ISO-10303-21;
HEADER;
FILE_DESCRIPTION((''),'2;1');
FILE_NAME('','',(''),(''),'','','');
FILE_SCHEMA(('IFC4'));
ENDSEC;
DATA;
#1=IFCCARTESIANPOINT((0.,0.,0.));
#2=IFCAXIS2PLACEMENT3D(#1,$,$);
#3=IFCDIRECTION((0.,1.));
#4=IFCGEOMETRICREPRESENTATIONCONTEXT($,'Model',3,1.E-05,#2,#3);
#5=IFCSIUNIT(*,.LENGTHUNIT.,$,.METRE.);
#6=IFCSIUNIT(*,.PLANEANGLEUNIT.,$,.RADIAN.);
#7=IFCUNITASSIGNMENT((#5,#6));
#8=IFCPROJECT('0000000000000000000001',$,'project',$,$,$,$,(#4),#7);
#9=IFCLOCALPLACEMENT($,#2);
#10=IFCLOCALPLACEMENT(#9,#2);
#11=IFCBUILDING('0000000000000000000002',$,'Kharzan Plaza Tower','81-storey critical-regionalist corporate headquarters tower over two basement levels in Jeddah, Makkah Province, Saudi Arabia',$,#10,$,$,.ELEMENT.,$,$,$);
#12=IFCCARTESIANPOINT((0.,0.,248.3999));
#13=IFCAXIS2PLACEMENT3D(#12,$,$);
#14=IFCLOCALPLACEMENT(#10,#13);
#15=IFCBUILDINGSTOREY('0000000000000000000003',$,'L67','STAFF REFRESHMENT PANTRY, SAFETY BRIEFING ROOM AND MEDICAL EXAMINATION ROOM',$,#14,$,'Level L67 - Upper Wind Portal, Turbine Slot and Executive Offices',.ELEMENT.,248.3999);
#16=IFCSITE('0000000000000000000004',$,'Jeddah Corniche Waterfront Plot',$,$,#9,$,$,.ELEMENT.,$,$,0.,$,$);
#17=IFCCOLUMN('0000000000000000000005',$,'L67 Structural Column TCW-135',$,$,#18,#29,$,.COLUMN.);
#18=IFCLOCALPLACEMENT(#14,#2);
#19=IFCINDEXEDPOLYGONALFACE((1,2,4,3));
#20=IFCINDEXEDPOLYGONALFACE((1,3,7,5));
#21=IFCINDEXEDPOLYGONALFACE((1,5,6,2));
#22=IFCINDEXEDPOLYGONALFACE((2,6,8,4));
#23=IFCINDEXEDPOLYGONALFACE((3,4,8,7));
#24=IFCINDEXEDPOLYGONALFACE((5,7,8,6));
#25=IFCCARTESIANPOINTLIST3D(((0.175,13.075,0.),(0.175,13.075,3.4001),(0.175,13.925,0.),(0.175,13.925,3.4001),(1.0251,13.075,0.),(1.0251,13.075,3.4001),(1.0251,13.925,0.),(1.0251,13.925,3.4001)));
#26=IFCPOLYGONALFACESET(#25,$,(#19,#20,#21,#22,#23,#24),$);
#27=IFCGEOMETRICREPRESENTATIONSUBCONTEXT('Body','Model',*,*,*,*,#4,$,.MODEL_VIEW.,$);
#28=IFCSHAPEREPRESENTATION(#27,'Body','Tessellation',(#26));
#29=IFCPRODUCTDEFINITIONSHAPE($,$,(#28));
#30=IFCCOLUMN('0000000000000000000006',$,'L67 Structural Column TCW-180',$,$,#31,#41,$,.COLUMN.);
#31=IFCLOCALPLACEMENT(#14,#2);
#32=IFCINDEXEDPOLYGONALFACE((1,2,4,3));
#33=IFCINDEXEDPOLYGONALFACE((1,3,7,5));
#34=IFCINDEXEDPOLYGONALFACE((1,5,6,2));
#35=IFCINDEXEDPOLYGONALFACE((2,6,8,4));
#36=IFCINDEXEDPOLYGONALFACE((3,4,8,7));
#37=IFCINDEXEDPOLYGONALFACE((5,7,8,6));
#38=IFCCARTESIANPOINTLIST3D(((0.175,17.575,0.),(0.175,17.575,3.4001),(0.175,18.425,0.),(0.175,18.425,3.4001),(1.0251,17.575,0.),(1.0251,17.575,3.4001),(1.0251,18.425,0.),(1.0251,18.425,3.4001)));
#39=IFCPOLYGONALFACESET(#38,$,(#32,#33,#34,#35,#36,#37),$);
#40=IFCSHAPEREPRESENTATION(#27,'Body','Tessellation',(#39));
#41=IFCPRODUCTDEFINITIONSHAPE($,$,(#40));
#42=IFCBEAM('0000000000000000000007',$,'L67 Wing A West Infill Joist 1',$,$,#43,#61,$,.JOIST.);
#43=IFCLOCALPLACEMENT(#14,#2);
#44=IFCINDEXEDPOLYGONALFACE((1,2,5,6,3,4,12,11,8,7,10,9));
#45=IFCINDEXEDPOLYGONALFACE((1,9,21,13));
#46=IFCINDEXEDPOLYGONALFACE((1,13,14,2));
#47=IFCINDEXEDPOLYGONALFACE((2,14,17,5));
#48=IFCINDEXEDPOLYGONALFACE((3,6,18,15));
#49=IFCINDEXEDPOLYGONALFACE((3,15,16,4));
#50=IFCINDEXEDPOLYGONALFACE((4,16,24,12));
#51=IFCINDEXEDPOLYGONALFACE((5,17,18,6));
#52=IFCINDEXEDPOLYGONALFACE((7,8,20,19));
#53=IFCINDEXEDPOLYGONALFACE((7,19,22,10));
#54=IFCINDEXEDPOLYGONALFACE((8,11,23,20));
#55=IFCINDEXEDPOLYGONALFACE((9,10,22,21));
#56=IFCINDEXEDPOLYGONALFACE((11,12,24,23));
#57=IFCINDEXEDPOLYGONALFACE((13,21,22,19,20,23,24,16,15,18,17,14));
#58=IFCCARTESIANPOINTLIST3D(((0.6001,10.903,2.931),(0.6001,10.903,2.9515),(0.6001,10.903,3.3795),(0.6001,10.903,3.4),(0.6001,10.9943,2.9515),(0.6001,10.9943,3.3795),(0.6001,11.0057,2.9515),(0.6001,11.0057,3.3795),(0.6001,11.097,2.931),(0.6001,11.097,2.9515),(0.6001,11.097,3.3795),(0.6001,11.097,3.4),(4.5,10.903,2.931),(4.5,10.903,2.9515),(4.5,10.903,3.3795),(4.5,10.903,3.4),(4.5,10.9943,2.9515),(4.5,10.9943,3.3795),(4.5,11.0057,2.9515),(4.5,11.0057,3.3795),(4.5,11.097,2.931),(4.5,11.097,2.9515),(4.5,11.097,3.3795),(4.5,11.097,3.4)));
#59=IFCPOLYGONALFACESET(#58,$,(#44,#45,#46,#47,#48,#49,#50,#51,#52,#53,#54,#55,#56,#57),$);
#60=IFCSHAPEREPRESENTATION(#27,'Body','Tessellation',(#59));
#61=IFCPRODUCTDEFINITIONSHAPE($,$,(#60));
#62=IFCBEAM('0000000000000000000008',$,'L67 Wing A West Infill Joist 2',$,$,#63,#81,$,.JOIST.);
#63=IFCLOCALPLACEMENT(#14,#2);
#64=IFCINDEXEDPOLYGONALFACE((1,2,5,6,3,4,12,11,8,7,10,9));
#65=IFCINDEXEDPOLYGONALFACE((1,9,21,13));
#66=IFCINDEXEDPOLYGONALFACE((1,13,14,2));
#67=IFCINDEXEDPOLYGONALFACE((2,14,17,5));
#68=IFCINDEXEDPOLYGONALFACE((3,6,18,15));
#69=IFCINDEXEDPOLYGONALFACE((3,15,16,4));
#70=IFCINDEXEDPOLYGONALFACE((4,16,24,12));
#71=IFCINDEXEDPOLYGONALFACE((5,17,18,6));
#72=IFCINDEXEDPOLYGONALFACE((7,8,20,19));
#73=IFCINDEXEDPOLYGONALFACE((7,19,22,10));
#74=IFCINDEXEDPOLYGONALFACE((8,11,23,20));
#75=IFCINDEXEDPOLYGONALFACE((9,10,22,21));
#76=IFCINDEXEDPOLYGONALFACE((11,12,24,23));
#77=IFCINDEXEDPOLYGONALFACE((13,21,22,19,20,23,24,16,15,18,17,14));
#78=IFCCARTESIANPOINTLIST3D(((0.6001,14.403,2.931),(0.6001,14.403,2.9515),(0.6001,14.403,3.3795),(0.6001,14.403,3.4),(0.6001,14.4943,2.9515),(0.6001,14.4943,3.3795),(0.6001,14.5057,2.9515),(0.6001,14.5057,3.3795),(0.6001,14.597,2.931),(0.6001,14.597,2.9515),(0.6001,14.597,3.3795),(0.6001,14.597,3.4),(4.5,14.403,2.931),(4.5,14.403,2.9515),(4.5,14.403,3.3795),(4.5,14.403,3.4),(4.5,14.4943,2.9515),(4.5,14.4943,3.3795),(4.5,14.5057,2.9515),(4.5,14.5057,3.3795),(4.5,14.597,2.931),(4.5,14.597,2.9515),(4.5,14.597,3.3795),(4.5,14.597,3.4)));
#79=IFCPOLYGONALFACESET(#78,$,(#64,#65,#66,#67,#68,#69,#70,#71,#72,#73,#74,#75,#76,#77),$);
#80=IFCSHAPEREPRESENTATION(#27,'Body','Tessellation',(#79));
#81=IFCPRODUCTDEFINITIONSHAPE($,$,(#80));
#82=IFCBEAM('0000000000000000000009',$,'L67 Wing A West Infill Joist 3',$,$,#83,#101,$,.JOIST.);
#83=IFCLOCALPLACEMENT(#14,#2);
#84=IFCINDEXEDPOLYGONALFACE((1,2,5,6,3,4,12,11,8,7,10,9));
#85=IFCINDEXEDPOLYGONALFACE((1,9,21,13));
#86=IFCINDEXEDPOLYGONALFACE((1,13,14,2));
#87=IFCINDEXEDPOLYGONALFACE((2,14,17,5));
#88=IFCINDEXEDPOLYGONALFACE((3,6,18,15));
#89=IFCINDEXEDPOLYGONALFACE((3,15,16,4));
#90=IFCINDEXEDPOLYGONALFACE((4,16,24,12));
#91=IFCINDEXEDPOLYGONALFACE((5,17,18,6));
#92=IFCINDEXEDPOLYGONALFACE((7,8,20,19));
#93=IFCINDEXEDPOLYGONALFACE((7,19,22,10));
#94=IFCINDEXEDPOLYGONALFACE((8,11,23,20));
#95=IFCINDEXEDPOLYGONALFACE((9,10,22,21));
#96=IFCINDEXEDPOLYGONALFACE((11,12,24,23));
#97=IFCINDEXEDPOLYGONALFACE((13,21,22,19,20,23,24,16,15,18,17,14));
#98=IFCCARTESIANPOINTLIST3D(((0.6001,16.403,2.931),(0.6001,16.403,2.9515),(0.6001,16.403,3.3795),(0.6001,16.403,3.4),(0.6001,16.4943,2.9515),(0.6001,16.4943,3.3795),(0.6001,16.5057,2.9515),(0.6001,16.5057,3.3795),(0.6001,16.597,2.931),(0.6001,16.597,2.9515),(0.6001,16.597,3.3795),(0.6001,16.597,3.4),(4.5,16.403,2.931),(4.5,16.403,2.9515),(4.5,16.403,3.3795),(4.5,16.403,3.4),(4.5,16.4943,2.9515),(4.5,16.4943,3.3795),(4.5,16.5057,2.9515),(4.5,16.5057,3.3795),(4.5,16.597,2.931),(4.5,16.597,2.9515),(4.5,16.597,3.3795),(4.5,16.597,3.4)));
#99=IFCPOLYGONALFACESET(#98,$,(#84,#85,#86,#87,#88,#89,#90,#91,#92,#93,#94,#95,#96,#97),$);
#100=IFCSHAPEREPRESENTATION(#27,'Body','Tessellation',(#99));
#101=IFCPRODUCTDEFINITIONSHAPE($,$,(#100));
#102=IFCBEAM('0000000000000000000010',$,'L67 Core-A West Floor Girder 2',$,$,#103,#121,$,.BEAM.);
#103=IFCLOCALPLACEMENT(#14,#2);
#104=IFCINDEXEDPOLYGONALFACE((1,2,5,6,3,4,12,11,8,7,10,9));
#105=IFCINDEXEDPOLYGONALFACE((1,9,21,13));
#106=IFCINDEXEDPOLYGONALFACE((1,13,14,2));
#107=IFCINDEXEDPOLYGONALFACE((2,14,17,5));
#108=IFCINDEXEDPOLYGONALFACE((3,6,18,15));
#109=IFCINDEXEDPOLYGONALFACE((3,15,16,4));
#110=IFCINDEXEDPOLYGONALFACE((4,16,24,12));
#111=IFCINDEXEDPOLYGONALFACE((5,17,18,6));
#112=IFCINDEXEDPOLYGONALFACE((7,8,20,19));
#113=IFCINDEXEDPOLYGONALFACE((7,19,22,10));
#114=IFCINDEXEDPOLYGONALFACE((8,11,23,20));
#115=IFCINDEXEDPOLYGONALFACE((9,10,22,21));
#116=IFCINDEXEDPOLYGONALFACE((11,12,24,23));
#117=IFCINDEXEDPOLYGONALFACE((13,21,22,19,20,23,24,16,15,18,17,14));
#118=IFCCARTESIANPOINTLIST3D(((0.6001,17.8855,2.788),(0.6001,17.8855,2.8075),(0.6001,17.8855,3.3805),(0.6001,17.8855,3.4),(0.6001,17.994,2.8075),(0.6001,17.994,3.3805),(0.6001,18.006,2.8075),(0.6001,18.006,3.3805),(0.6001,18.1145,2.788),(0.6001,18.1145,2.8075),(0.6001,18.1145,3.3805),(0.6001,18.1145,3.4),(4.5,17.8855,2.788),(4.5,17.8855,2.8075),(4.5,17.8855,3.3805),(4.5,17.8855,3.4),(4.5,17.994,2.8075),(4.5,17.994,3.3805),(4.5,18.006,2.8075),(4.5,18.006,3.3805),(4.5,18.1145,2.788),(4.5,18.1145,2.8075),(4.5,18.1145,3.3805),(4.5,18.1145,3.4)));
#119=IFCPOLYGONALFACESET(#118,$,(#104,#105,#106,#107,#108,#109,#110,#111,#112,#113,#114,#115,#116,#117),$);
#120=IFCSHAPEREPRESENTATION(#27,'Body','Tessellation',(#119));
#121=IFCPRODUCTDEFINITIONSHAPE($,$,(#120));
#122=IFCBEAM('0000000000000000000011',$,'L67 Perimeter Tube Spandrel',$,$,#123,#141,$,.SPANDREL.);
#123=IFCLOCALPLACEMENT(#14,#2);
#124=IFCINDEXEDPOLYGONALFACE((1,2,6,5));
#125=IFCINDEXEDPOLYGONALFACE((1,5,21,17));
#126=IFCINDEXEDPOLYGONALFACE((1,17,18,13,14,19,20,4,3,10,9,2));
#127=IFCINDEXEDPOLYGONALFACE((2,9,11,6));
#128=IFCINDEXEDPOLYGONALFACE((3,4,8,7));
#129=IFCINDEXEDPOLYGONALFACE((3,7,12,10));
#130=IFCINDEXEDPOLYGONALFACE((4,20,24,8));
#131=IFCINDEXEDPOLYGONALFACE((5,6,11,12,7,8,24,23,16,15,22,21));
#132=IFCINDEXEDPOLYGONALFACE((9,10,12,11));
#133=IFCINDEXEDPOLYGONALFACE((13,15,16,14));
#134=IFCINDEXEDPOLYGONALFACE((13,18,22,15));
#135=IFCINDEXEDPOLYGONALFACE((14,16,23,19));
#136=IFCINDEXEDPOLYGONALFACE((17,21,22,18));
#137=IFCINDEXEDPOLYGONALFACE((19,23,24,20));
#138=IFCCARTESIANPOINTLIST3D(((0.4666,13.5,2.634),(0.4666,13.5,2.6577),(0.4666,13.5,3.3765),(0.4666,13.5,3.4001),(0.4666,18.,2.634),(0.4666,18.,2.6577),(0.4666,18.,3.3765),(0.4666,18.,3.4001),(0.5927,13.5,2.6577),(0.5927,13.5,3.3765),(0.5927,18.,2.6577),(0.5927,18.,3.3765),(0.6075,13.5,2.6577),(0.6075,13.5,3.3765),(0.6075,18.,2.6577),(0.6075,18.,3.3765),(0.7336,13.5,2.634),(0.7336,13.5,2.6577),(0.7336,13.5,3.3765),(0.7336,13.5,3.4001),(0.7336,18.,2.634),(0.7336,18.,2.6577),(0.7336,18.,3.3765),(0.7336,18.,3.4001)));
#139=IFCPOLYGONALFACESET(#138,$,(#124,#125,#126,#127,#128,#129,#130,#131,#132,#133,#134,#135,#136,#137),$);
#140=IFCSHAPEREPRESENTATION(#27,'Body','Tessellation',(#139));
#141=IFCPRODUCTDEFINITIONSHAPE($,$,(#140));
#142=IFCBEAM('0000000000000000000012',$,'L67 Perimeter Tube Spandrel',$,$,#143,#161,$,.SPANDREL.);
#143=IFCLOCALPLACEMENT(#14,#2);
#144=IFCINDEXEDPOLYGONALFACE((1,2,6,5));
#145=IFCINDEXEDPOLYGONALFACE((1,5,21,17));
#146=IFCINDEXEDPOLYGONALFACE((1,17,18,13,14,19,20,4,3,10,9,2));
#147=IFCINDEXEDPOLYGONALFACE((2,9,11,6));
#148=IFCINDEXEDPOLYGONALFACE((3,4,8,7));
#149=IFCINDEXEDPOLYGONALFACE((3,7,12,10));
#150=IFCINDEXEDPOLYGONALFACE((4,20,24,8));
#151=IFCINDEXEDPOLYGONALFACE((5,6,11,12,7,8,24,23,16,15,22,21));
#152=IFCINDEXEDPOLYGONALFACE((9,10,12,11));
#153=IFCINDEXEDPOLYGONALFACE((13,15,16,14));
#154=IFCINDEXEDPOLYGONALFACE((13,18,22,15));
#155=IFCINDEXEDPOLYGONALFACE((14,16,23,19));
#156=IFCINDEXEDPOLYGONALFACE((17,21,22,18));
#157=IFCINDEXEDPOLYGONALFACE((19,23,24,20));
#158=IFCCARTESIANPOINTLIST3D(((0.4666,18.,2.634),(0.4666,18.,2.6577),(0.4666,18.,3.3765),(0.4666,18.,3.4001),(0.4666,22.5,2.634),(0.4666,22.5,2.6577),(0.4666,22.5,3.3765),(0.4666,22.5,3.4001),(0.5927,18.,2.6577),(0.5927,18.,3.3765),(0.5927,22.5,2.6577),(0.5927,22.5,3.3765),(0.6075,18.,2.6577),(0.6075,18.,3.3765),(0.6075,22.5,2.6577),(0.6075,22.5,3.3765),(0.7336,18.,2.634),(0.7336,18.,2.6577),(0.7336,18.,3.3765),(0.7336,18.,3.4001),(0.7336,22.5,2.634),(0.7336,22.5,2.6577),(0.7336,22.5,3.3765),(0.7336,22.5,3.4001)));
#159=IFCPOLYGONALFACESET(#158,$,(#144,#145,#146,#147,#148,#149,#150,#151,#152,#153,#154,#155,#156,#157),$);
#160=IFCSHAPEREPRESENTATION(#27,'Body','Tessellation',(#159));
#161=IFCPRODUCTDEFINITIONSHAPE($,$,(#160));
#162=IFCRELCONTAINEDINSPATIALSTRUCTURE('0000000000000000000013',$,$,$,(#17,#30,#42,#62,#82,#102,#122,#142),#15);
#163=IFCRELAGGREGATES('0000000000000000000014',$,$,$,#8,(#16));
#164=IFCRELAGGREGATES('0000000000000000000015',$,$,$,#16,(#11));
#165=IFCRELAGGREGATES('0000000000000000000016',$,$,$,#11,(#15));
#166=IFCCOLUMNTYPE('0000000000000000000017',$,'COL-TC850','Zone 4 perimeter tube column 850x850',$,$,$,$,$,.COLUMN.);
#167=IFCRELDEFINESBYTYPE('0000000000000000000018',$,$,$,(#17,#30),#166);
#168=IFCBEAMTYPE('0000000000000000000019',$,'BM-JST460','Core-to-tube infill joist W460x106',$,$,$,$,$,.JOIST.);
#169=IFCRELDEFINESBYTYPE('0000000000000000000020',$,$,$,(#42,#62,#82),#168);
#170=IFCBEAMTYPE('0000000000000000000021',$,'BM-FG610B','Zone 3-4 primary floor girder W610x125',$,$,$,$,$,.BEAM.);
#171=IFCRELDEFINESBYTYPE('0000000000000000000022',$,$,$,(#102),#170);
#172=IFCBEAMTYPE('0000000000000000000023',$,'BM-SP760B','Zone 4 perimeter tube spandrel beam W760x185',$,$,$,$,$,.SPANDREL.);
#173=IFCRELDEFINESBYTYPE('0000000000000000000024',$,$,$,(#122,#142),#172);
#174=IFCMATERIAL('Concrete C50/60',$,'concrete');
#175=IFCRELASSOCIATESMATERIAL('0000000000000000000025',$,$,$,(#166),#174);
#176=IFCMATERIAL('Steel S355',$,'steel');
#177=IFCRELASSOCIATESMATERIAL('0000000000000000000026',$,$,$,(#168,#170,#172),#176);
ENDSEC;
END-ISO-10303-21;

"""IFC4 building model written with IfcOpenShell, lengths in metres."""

from ifc_helpers import new_model, si_unit, direction, frame, origin, origin_2d, place, context, subcontext, project, spatial, rectangle, i_section, extrude, source, transform, mapped, material, material_profile, profile_set, type_object, element, save


model = new_model("IFC4")

# Units and contexts
model_context = context("Model", 3, precision=1e-05, world=origin(), true_north=direction((0.0, 1.0)))
body_context = subcontext(model_context, "Body", "Model", "MODEL_VIEW")
ifc_project = project(units=[si_unit("LENGTHUNIT", "METRE"), si_unit("PLANEANGLEUNIT", "RADIAN")], contexts=[model_context])

# Site, building, storey
site_placement = place(None, origin())
site = spatial("IfcSite", under=ifc_project, at=site_placement, Name="Jeddah Corniche Waterfront Plot", CompositionType="ELEMENT", RefElevation=0.0)
building_placement = place(site_placement, origin())
building = spatial("IfcBuilding", under=site, at=building_placement, Name="Kharzan Plaza Tower", Description="81-storey critical-regionalist corporate headquarters tower over two basement levels in Jeddah, Makkah Province, Saudi Arabia", CompositionType="ELEMENT")
storey_placement = place(building_placement, frame((0.0, 0.0, 248.3999)))
storey = spatial("IfcBuildingStorey", under=building, at=storey_placement, Name="L67", Description="STAFF REFRESHMENT PANTRY, SAFETY BRIEFING ROOM AND MEDICAL EXAMINATION ROOM", LongName="Level L67 - Upper Wind Portal, Turbine Slot and Executive Offices", CompositionType="ELEMENT", Elevation=248.3999)

# Columns
ifc_material_1 = material(Name="Concrete C50/60", Category="concrete")
ifc_material_profile_1 = material_profile(ifc_material_1, rectangle(XDim=0.8501, YDim=0.8501, at=origin_2d()), Name="RC-TC850x850")
ifc_profile_set_1 = profile_set([ifc_material_profile_1], Name="Concrete C50/60")
column_type = type_object("IfcColumnType", Name="COL-TC850", Description="Zone 4 perimeter tube column 850x850", PredefinedType="COLUMN", material=ifc_profile_set_1)
shared_shape_1 = source(origin(), body_context, "Body", "SweptSolid", [
    extrude(rectangle(XDim=0.8501, YDim=0.8501, at=origin_2d()), origin(), (0.0, 0.0, 1.0), 3.4001),
])
for number, where, z_axis, x_axis, name in (
    (1, (0.6001, 13.5, 0.0), (0.0, 0.0, 1.0), (1.0, 0.0, 0.0), "L67 Structural Column TCW-135"),
    (2, (0.6001, 18.0, 0.0), (0.0, 0.0, 1.0), (1.0, 0.0, 0.0), "L67 Structural Column TCW-180"),
):
    element("IfcColumn", number, at=place(storey_placement, frame(where, z_axis=z_axis, x_axis=x_axis)), inside=storey, type_object=column_type, Name=name, PredefinedType="COLUMN", context=body_context, shape_type="MappedRepresentation", body=[
        mapped(shared_shape_1, transform((0.0, 0.0, 0.0), x_axis=(1.0, 0.0, 0.0), y_axis=(0.0, 1.0, 0.0), z_axis=(0.0, 0.0, 1.0))),
    ])

# Beams
ifc_material_2 = material(Name="Steel S355", Category="steel")
ifc_material_profile_2 = material_profile(ifc_material_2, i_section(OverallWidth=0.1941, OverallDepth=0.469, WebThickness=0.0115, FlangeThickness=0.0205, at=origin_2d()), Name="W460x106")
ifc_profile_set_2 = profile_set([ifc_material_profile_2], Name="Steel S355")
beam_type_1 = type_object("IfcBeamType", Name="BM-JST460", Description="Core-to-tube infill joist W460x106", PredefinedType="JOIST", material=ifc_profile_set_2)
shared_shape_2 = source(origin(), body_context, "Body", "SweptSolid", [
    extrude(i_section(OverallWidth=0.1941, OverallDepth=0.469, WebThickness=0.0115, FlangeThickness=0.0205, at=origin_2d()), origin(), (0.0, 0.0, 1.0), 3.8999),
])
for number, where, z_axis, x_axis, name in (
    (3, (0.6001, 11.0, 3.1655), (1.0, 0.0, 0.0), (0.0, 1.0, 0.0), "L67 Wing A West Infill Joist 1"),
    (4, (0.6001, 14.5, 3.1655), (1.0, 0.0, 0.0), (0.0, 1.0, 0.0), "L67 Wing A West Infill Joist 2"),
    (5, (0.6001, 16.5, 3.1655), (1.0, 0.0, 0.0), (0.0, 1.0, 0.0), "L67 Wing A West Infill Joist 3"),
):
    element("IfcBeam", number, at=place(storey_placement, frame(where, z_axis=z_axis, x_axis=x_axis)), inside=storey, type_object=beam_type_1, Name=name, PredefinedType="JOIST", context=body_context, shape_type="MappedRepresentation", body=[
        mapped(shared_shape_2, transform((0.0, 0.0, 0.0), x_axis=(1.0, 0.0, 0.0), y_axis=(0.0, 1.0, 0.0), z_axis=(0.0, 0.0, 1.0))),
    ])
ifc_material_profile_3 = material_profile(ifc_material_2, i_section(OverallWidth=0.229, OverallDepth=0.6121, WebThickness=0.012, FlangeThickness=0.0195, at=origin_2d()), Name="W610x125")
ifc_profile_set_3 = profile_set([ifc_material_profile_3], Name="Steel S355")
beam_type_2 = type_object("IfcBeamType", Name="BM-FG610B", Description="Zone 3-4 primary floor girder W610x125", PredefinedType="BEAM", material=ifc_profile_set_3)
shared_shape_3 = source(origin(), body_context, "Body", "SweptSolid", [
    extrude(i_section(OverallWidth=0.229, OverallDepth=0.6121, WebThickness=0.012, FlangeThickness=0.0195, at=origin_2d()), origin(), (0.0, 0.0, 1.0), 3.8999),
])
beam_placement = place(storey_placement, frame((0.6001, 18.0, 3.094), z_axis=(1.0, 0.0, 0.0), x_axis=(0.0, 1.0, 0.0)))
element("IfcBeam", 6, at=beam_placement, inside=storey, type_object=beam_type_2, Name="L67 Core-A West Floor Girder 2", PredefinedType="BEAM", context=body_context, shape_type="MappedRepresentation", body=[
    mapped(shared_shape_3, transform((0.0, 0.0, 0.0), x_axis=(1.0, 0.0, 0.0), y_axis=(0.0, 1.0, 0.0), z_axis=(0.0, 0.0, 1.0))),
])
ifc_material_profile_4 = material_profile(ifc_material_2, i_section(OverallWidth=0.2671, OverallDepth=0.7661, WebThickness=0.0149, FlangeThickness=0.0237, at=origin_2d()), Name="W760x185")
ifc_profile_set_4 = profile_set([ifc_material_profile_4], Name="Steel S355")
beam_type_3 = type_object("IfcBeamType", Name="BM-SP760B", Description="Zone 4 perimeter tube spandrel beam W760x185", PredefinedType="SPANDREL", material=ifc_profile_set_4)
shared_shape_4 = source(origin(), body_context, "Body", "SweptSolid", [
    extrude(i_section(OverallWidth=0.2671, OverallDepth=0.7661, WebThickness=0.0149, FlangeThickness=0.0237, at=origin_2d()), origin(), (0.0, 0.0, 1.0), 4.5),
])
for number, where, z_axis, x_axis, name in (
    (7, (0.6001, 13.5, 3.0171), (0.0, 1.0, 0.0), (-1.0, 0.0, 0.0), "L67 Perimeter Tube Spandrel"),
    (8, (0.6001, 18.0, 3.0171), (0.0, 1.0, 0.0), (-1.0, 0.0, 0.0), "L67 Perimeter Tube Spandrel"),
):
    element("IfcBeam", number, at=place(storey_placement, frame(where, z_axis=z_axis, x_axis=x_axis)), inside=storey, type_object=beam_type_3, Name=name, PredefinedType="SPANDREL", context=body_context, shape_type="MappedRepresentation", body=[
        mapped(shared_shape_4, transform((0.0, 0.0, 0.0), x_axis=(1.0, 0.0, 0.0), y_axis=(0.0, 1.0, 0.0), z_axis=(0.0, 0.0, 1.0))),
    ])

save(model, "model.ifc")
